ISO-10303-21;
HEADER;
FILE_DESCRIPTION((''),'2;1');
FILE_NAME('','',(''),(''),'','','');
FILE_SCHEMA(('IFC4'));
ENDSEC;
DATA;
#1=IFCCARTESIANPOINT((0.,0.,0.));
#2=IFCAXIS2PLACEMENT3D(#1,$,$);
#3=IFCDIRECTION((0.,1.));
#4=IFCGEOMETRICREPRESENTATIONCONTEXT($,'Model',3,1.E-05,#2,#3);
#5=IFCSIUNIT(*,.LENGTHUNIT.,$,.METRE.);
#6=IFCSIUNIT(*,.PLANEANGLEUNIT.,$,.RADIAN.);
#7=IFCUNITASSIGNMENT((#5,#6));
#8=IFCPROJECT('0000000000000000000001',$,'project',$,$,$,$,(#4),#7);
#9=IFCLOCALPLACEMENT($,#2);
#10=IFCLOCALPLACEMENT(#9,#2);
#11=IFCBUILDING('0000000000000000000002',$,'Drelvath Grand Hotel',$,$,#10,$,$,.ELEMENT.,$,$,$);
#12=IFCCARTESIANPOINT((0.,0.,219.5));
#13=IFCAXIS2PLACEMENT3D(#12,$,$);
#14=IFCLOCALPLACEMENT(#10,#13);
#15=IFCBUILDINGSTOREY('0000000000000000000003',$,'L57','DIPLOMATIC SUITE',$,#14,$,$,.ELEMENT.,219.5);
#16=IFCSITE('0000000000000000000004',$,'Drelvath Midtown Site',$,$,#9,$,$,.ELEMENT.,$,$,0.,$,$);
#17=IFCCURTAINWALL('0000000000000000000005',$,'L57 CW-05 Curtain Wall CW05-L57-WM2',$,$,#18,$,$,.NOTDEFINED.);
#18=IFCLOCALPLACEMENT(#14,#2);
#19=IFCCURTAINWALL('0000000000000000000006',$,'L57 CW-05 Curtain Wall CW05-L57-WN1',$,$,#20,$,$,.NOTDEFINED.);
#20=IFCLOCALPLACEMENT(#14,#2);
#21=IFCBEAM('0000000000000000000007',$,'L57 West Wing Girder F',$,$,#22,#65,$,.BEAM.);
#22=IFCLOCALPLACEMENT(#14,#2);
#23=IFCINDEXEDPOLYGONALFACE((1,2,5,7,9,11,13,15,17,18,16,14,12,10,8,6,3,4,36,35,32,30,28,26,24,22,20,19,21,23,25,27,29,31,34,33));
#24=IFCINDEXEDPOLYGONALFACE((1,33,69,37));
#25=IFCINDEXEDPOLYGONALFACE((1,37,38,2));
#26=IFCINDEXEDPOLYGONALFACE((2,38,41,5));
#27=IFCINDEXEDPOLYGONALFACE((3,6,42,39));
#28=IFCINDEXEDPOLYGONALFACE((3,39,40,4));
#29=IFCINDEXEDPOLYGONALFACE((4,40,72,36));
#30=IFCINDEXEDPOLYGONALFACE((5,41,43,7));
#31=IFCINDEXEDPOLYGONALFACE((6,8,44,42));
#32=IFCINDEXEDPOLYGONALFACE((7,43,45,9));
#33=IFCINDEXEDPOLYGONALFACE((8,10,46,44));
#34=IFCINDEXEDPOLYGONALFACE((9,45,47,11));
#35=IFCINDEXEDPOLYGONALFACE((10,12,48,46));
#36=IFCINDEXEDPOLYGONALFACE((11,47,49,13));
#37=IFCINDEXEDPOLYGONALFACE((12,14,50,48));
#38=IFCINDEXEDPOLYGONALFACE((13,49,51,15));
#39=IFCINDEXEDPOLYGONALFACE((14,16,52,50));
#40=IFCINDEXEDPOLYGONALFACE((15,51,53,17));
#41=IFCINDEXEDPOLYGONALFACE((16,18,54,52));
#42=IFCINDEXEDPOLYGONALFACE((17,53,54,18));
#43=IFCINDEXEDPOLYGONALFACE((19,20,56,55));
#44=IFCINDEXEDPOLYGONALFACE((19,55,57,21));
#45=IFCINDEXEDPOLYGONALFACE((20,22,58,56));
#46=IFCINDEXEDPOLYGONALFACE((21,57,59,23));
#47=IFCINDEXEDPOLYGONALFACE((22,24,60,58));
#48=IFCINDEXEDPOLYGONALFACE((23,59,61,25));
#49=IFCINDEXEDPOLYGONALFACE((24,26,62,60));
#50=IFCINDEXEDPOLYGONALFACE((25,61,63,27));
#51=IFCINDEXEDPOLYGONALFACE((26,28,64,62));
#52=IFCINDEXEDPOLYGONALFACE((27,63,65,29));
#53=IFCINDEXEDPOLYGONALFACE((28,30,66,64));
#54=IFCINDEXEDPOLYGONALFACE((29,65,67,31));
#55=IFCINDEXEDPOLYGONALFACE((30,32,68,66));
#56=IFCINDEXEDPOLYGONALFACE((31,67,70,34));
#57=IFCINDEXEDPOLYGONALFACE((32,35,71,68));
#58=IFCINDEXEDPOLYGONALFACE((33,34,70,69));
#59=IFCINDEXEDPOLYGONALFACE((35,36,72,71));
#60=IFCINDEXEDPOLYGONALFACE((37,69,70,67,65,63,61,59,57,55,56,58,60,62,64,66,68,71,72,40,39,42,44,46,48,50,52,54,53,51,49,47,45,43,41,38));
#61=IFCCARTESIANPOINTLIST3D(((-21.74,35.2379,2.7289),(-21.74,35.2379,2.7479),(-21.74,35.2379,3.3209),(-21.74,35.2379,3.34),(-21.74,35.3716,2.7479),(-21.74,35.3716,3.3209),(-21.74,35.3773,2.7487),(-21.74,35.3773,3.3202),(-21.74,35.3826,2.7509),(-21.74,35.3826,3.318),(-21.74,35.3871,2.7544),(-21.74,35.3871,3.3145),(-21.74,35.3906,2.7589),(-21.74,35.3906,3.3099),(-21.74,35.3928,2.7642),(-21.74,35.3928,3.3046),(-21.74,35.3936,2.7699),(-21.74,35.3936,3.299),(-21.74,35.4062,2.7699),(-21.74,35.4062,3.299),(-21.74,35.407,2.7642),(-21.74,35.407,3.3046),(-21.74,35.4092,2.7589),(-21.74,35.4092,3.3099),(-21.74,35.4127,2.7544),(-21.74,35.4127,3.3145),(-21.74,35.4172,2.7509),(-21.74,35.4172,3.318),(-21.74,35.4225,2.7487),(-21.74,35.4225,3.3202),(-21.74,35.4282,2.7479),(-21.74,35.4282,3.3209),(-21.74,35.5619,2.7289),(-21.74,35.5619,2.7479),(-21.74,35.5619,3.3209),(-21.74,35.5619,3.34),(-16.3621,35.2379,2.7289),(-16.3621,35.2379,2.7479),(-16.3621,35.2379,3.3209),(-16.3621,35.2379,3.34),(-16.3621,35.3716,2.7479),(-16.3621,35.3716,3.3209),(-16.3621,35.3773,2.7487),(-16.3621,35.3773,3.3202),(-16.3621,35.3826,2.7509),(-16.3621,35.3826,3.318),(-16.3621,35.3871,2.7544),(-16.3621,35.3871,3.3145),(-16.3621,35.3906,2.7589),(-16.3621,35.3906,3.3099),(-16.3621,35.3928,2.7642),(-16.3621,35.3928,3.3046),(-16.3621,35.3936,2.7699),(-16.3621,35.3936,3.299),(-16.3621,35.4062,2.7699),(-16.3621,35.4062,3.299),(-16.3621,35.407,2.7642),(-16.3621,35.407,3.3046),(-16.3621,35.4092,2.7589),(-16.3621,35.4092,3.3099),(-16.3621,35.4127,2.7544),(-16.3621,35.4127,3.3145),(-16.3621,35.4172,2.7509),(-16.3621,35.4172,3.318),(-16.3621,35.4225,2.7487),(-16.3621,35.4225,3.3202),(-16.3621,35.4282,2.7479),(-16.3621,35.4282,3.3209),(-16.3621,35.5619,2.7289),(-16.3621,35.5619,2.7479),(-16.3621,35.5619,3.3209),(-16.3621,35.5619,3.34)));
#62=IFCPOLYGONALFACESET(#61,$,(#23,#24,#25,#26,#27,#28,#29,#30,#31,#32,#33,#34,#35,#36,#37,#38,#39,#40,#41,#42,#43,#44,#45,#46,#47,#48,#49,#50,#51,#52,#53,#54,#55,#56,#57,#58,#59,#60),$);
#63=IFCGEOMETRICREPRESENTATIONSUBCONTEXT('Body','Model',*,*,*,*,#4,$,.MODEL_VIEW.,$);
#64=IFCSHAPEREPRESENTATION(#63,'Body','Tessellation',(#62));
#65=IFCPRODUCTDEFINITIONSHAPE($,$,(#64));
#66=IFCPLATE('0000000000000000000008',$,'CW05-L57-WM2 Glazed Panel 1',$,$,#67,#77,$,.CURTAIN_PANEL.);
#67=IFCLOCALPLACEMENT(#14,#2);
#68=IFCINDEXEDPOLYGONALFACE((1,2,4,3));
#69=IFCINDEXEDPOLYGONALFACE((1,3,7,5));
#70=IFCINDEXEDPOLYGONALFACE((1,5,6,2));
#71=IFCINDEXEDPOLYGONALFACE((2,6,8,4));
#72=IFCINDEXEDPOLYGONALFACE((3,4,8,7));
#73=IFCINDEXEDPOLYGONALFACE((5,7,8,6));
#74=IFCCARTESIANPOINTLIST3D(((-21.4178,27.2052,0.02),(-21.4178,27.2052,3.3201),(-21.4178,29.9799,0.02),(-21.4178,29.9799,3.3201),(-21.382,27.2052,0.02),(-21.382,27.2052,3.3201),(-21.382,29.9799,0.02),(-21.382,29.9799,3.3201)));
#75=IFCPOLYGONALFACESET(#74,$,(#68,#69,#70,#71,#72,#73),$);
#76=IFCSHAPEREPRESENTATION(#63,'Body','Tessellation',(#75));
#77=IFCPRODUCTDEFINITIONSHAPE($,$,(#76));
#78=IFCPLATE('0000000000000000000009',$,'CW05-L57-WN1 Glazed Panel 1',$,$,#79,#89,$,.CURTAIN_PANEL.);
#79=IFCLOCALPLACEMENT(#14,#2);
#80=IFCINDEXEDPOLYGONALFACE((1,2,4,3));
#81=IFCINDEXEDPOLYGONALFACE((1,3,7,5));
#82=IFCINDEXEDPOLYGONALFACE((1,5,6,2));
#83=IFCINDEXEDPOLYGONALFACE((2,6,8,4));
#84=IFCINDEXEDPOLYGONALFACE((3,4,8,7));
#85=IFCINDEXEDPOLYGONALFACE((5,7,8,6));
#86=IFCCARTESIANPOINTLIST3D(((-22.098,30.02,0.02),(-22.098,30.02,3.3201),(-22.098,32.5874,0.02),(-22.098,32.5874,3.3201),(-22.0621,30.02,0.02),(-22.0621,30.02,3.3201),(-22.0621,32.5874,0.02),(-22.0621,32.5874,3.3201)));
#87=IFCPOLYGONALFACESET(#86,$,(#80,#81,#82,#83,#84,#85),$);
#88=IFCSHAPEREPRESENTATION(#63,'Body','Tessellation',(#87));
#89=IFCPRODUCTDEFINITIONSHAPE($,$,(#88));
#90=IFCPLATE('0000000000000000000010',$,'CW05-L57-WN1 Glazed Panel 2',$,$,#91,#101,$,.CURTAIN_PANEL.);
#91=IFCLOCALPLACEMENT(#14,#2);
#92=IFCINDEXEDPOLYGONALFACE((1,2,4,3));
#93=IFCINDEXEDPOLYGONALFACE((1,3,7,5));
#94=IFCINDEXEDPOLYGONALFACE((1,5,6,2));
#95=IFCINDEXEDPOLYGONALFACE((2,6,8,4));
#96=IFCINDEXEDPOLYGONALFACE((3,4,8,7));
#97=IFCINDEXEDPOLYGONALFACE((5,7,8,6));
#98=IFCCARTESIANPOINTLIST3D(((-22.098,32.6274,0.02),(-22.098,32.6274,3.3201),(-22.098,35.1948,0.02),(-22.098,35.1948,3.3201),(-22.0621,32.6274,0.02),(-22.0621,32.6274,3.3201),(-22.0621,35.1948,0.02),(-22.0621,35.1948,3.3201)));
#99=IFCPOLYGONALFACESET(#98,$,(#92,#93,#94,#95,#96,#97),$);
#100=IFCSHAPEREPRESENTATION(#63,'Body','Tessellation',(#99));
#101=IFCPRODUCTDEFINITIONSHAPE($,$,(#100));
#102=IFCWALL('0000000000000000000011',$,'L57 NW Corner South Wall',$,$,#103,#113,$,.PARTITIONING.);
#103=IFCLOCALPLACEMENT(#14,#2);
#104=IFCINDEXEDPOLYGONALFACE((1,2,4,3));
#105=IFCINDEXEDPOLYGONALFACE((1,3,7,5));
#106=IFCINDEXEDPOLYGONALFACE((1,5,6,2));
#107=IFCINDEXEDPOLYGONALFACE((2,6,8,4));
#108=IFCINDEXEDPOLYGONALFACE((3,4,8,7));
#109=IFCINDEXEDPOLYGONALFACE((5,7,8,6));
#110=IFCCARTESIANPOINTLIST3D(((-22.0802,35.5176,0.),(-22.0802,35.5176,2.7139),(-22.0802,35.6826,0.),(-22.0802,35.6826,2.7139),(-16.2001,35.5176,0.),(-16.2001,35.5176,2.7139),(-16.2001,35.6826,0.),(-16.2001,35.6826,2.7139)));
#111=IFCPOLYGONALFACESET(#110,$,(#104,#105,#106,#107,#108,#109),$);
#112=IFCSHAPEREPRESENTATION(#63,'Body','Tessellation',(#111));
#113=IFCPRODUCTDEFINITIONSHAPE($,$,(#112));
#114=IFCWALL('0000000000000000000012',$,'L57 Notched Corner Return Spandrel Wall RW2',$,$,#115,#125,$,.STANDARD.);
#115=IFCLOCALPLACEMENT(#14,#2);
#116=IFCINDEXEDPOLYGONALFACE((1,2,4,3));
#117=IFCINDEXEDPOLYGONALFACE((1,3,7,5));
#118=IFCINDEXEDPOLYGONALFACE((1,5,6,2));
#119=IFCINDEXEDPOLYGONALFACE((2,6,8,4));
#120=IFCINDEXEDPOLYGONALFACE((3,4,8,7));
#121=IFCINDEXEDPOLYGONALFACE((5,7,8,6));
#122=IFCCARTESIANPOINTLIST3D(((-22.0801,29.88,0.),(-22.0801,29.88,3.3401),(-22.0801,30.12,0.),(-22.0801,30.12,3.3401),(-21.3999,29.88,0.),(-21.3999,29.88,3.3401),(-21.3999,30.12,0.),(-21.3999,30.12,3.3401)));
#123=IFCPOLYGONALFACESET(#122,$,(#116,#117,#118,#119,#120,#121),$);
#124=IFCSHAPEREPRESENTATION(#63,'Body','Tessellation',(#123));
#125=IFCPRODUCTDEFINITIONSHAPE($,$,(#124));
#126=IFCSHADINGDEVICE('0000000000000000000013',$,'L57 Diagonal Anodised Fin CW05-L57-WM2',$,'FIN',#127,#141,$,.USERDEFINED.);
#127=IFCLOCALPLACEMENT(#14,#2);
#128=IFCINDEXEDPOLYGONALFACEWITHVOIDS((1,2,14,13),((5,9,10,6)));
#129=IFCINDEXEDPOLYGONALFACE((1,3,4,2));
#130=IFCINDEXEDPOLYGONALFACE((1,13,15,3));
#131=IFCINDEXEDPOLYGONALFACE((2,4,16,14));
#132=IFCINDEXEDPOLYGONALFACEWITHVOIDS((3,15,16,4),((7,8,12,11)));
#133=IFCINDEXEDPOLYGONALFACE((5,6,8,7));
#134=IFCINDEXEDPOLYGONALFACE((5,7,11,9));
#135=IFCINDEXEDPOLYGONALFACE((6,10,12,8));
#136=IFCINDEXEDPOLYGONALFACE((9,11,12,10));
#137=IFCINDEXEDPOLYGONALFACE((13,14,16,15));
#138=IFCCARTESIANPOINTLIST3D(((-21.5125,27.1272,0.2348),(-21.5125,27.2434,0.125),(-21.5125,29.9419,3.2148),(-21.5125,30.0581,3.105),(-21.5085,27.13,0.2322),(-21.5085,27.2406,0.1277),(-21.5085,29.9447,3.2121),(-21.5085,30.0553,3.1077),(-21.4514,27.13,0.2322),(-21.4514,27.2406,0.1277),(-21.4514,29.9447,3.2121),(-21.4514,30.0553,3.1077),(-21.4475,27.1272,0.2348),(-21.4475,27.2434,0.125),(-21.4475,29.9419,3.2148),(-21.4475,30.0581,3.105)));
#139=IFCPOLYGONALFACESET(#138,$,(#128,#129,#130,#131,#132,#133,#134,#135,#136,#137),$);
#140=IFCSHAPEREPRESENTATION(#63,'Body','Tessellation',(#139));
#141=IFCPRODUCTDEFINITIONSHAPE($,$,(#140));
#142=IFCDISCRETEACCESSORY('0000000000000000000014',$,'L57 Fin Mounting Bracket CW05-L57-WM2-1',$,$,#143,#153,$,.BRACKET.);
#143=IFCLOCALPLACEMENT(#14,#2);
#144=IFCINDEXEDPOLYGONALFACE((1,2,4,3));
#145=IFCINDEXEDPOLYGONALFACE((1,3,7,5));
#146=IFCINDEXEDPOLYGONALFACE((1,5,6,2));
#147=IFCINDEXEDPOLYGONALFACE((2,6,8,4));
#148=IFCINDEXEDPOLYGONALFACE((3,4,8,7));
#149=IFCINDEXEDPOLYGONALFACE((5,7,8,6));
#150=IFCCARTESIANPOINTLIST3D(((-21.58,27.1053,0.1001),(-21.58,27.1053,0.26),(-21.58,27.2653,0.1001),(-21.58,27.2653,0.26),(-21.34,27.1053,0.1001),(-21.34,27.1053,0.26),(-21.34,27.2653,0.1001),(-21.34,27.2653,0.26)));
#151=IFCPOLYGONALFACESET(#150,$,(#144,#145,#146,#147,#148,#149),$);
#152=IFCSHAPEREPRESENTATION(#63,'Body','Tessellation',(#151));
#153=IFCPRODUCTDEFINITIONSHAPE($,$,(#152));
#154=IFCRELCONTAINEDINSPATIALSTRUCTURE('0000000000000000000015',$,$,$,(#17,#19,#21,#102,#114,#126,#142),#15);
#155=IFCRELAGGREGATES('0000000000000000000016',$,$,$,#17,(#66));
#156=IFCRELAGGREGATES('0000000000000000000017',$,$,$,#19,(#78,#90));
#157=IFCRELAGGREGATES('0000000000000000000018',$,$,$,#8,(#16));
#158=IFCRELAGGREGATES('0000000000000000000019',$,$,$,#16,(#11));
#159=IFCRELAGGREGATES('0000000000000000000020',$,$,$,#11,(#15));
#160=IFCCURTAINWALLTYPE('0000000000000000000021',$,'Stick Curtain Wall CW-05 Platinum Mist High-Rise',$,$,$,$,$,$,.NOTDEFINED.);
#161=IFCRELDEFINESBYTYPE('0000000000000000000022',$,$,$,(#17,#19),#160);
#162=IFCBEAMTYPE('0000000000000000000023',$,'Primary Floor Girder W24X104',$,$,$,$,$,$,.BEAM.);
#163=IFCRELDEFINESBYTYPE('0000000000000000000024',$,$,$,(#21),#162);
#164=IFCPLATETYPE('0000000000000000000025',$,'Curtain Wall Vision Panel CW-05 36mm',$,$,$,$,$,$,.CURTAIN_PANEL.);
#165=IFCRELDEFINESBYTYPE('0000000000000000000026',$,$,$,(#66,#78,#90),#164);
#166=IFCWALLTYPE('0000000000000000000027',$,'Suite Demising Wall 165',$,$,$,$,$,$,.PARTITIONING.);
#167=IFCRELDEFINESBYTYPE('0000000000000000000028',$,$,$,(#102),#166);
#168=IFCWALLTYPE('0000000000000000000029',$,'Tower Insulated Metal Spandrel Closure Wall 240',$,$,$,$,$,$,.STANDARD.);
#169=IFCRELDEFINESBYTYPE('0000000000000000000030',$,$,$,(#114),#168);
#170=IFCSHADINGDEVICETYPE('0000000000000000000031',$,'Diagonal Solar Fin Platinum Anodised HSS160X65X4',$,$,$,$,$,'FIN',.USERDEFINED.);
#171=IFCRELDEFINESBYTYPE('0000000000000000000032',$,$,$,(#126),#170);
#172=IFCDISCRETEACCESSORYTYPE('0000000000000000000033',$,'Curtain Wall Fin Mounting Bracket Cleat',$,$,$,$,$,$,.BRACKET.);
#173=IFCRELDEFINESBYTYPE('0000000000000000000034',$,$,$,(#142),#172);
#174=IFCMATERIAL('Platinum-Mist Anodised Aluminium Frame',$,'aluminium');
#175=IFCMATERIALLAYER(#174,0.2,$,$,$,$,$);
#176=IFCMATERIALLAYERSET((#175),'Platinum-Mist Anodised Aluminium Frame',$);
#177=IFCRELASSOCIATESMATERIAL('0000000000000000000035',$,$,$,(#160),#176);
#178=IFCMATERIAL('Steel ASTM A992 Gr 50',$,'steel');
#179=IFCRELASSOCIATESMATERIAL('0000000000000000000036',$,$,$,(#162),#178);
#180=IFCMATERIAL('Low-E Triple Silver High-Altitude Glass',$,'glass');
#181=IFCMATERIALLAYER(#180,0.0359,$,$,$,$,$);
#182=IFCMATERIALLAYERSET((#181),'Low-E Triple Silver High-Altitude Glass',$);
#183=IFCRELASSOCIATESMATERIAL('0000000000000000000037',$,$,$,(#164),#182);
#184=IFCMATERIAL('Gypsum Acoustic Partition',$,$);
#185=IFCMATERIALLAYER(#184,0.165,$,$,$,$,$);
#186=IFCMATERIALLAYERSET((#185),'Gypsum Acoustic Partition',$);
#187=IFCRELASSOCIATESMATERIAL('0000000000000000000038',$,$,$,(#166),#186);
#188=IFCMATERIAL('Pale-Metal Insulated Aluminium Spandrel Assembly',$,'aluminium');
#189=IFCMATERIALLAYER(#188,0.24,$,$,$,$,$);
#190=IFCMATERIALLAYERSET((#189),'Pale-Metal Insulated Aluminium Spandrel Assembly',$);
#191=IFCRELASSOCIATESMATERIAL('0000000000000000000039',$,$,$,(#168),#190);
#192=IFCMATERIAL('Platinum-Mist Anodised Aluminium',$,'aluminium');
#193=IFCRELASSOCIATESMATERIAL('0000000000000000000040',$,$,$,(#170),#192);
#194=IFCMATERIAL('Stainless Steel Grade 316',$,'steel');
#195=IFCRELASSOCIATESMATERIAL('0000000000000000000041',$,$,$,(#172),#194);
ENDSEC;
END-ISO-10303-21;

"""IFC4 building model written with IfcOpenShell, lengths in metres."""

from ifc_helpers import new_model, si_unit, direction, frame, frame_2d, origin, origin_2d, place, context, subcontext, project, spatial, rectangle, hollow_rectangle, i_section, extrude, material, layer, layer_set, material_profile, profile_set, type_object, element, aggregate, save


model = new_model("IFC4")

# Units and contexts
model_context = context("Model", 3, precision=1e-05, world=origin(), true_north=direction((0.0, 1.0)))
body_context = subcontext(model_context, "Body", "Model", "MODEL_VIEW")
ifc_project = project(units=[si_unit("LENGTHUNIT", "METRE"), si_unit("PLANEANGLEUNIT", "RADIAN")], contexts=[model_context])

# Site, building, storey
site_placement = place(None, origin())
site = spatial("IfcSite", under=ifc_project, at=site_placement, Name="Drelvath Midtown Site", CompositionType="ELEMENT", RefElevation=0.0)
building_placement = place(site_placement, origin())
building = spatial("IfcBuilding", under=site, at=building_placement, Name="Drelvath Grand Hotel", CompositionType="ELEMENT")
storey_placement = place(building_placement, frame((0.0, 0.0, 219.5)))
storey = spatial("IfcBuildingStorey", under=building, at=storey_placement, Name="L57", Description="DIPLOMATIC SUITE", CompositionType="ELEMENT", Elevation=219.5)

# Curtain walls
ifc_material_1 = material(Name="Platinum-Mist Anodised Aluminium Frame", Category="aluminium")
ifc_layer_1 = layer(ifc_material_1, 0.2)
ifc_layer_set_1 = layer_set([ifc_layer_1], Name="Platinum-Mist Anodised Aluminium Frame")
curtain_wall_type = type_object("IfcCurtainWallType", Name="Stick Curtain Wall CW-05 Platinum Mist High-Rise", PredefinedType="NOTDEFINED", material=ifc_layer_set_1)
curtain_wall_1_placement = place(storey_placement, origin())
curtain_wall_1 = element("IfcCurtainWall", 1, at=curtain_wall_1_placement, inside=storey, type_object=curtain_wall_type, Name="L57 CW-05 Curtain Wall CW05-L57-WM2", PredefinedType="NOTDEFINED")
curtain_wall_2_placement = place(storey_placement, origin())
curtain_wall_2 = element("IfcCurtainWall", 2, at=curtain_wall_2_placement, inside=storey, type_object=curtain_wall_type, Name="L57 CW-05 Curtain Wall CW05-L57-WN1", PredefinedType="NOTDEFINED")

# Beam
ifc_material_2 = material(Name="Steel ASTM A992 Gr 50", Category="steel")
ifc_material_profile_1 = material_profile(ifc_material_2, i_section(OverallWidth=0.324, OverallDepth=0.6111, WebThickness=0.0127, FlangeThickness=0.019, FilletRadius=0.022, at=origin_2d()), Name="W24X104")
ifc_profile_set_1 = profile_set([ifc_material_profile_1], Name="Steel ASTM A992 Gr 50")
beam_type_1 = type_object("IfcBeamType", Name="Primary Floor Girder W24X104", PredefinedType="BEAM", material=ifc_profile_set_1)
beam_1_placement = place(storey_placement, frame((-21.74, 35.3999, 3.0344), z_axis=(1.0, 0.0, 0.0), x_axis=(0.0, 1.0, 0.0)))
element("IfcBeam", 3, at=beam_1_placement, inside=storey, type_object=beam_type_1, Name="L57 West Wing Girder F", PredefinedType="BEAM", context=body_context, shape_type="SweptSolid", body=[
    extrude(i_section(OverallWidth=0.324, OverallDepth=0.6111, WebThickness=0.0127, FlangeThickness=0.019, FilletRadius=0.022, at=origin_2d()), origin(), (0.0, 0.0, 1.0), 5.3779),
])

# Plates
ifc_material_3 = material(Name="Low-E Triple Silver High-Altitude Glass", Category="glass")
ifc_layer_2 = layer(ifc_material_3, 0.0359)
ifc_layer_set_2 = layer_set([ifc_layer_2], Name="Low-E Triple Silver High-Altitude Glass")
plate_type = type_object("IfcPlateType", Name="Curtain Wall Vision Panel CW-05 36mm", PredefinedType="CURTAIN_PANEL", material=ifc_layer_set_2)
plate_1_placement = place(storey_placement, frame((-21.3999, 28.5925, 0.02), z_axis=(0.0, 0.0, 1.0), x_axis=(0.0, 1.0, 0.0)))
plate_1 = element("IfcPlate", 4, at=plate_1_placement, type_object=plate_type, Name="CW05-L57-WM2 Glazed Panel 1", PredefinedType="CURTAIN_PANEL", context=body_context, shape_type="SweptSolid", body=[
    extrude(rectangle(XDim=2.7747, YDim=0.0359, at=origin_2d()), origin(), (0.0, 0.0, 1.0), 3.3),
])
aggregate(curtain_wall_1, [plate_1])
plate_2_placement = place(storey_placement, frame((-22.0801, 31.3037, 0.02), z_axis=(0.0, 0.0, 1.0), x_axis=(0.0, 1.0, 0.0)))
plate_2 = element("IfcPlate", 5, at=plate_2_placement, type_object=plate_type, Name="CW05-L57-WN1 Glazed Panel 1", PredefinedType="CURTAIN_PANEL", context=body_context, shape_type="SweptSolid", body=[
    extrude(rectangle(XDim=2.5674, YDim=0.0359, at=origin_2d()), origin(), (0.0, 0.0, 1.0), 3.3),
])
plate_3_placement = place(storey_placement, frame((-22.0801, 33.9111, 0.02), z_axis=(0.0, 0.0, 1.0), x_axis=(0.0, 1.0, 0.0)))
plate_3 = element("IfcPlate", 6, at=plate_3_placement, type_object=plate_type, Name="CW05-L57-WN1 Glazed Panel 2", PredefinedType="CURTAIN_PANEL", context=body_context, shape_type="SweptSolid", body=[
    extrude(rectangle(XDim=2.5674, YDim=0.0359, at=origin_2d()), origin(), (0.0, 0.0, 1.0), 3.3),
])
aggregate(curtain_wall_2, [plate_2, plate_3])

# Walls
ifc_material_4 = material(Name="Gypsum Acoustic Partition")
ifc_layer_3 = layer(ifc_material_4, 0.165)
ifc_layer_set_3 = layer_set([ifc_layer_3], Name="Gypsum Acoustic Partition")
wall_type_1 = type_object("IfcWallType", Name="Suite Demising Wall 165", PredefinedType="PARTITIONING", material=ifc_layer_set_3)
wall_1_placement = place(storey_placement, frame((-22.0801, 35.6001, 0.0), z_axis=(0.0, 0.0, 1.0), x_axis=(1.0, 0.0, 0.0)))
element("IfcWall", 7, at=wall_1_placement, inside=storey, type_object=wall_type_1, Name="L57 NW Corner South Wall", PredefinedType="PARTITIONING", context=body_context, shape_type="SweptSolid", body=[
    extrude(rectangle(XDim=5.8801, YDim=0.165, at=frame_2d((2.9399, 0.0))), origin(), (0.0, 0.0, 1.0), 2.7139),
])
ifc_material_5 = material(Name="Pale-Metal Insulated Aluminium Spandrel Assembly", Category="aluminium")
ifc_layer_4 = layer(ifc_material_5, 0.24)
ifc_layer_set_4 = layer_set([ifc_layer_4], Name="Pale-Metal Insulated Aluminium Spandrel Assembly")
wall_type_2 = type_object("IfcWallType", Name="Tower Insulated Metal Spandrel Closure Wall 240", PredefinedType="STANDARD", material=ifc_layer_set_4)
wall_2_placement = place(storey_placement, frame((-21.3999, 30.0, 0.0), z_axis=(0.0, 0.0, 1.0), x_axis=(-1.0, 0.0, 0.0)))
element("IfcWall", 8, at=wall_2_placement, inside=storey, type_object=wall_type_2, Name="L57 Notched Corner Return Spandrel Wall RW2", PredefinedType="STANDARD", context=body_context, shape_type="SweptSolid", body=[
    extrude(rectangle(XDim=0.6802, YDim=0.24, at=frame_2d((0.3401, 0.0))), origin(), (0.0, 0.0, 1.0), 3.3401),
])

# Shading device
ifc_material_6 = material(Name="Platinum-Mist Anodised Aluminium", Category="aluminium")
ifc_material_profile_2 = material_profile(ifc_material_6, hollow_rectangle(XDim=0.0649, YDim=0.1599, WallThickness=0.0039, at=origin_2d()), Name="HSS160X65X4")
ifc_profile_set_2 = profile_set([ifc_material_profile_2], Name="Platinum-Mist Anodised Aluminium")
shading_device_type = type_object("IfcShadingDeviceType", Name="Diagonal Solar Fin Platinum Anodised HSS160X65X4", ElementType="FIN", PredefinedType="USERDEFINED", material=ifc_profile_set_2)
shading_device_placement = place(storey_placement, frame((-21.48, 27.1853, 0.1799), z_axis=(0.0, 0.686659, 0.72698), x_axis=(-1.0, 0.0, 0.0)))
element("IfcShadingDevice", 9, at=shading_device_placement, inside=storey, type_object=shading_device_type, Name="L57 Diagonal Anodised Fin CW05-L57-WM2", ObjectType="FIN", PredefinedType="USERDEFINED", context=body_context, shape_type="SweptSolid", body=[
    extrude(hollow_rectangle(XDim=0.0649, YDim=0.1599, WallThickness=0.0039, at=origin_2d()), origin(), (0.0, 0.0, 1.0), 4.0991),
])

# Discrete accessory
ifc_material_7 = material(Name="Stainless Steel Grade 316", Category="steel")
discrete_accessory_type = type_object("IfcDiscreteAccessoryType", Name="Curtain Wall Fin Mounting Bracket Cleat", PredefinedType="BRACKET", material=ifc_material_7)
discrete_accessory_placement = place(storey_placement, frame((-21.46, 27.1853, 0.1001), z_axis=(0.0, 0.0, 1.0), x_axis=(0.0, 1.0, 0.0)))
element("IfcDiscreteAccessory", 10, at=discrete_accessory_placement, inside=storey, type_object=discrete_accessory_type, Name="L57 Fin Mounting Bracket CW05-L57-WM2-1", PredefinedType="BRACKET", context=body_context, shape_type="SweptSolid", body=[
    extrude(rectangle(XDim=0.1599, YDim=0.24, at=origin_2d()), origin(), (0.0, 0.0, 1.0), 0.1599),
])

save(model, "model.ifc")
